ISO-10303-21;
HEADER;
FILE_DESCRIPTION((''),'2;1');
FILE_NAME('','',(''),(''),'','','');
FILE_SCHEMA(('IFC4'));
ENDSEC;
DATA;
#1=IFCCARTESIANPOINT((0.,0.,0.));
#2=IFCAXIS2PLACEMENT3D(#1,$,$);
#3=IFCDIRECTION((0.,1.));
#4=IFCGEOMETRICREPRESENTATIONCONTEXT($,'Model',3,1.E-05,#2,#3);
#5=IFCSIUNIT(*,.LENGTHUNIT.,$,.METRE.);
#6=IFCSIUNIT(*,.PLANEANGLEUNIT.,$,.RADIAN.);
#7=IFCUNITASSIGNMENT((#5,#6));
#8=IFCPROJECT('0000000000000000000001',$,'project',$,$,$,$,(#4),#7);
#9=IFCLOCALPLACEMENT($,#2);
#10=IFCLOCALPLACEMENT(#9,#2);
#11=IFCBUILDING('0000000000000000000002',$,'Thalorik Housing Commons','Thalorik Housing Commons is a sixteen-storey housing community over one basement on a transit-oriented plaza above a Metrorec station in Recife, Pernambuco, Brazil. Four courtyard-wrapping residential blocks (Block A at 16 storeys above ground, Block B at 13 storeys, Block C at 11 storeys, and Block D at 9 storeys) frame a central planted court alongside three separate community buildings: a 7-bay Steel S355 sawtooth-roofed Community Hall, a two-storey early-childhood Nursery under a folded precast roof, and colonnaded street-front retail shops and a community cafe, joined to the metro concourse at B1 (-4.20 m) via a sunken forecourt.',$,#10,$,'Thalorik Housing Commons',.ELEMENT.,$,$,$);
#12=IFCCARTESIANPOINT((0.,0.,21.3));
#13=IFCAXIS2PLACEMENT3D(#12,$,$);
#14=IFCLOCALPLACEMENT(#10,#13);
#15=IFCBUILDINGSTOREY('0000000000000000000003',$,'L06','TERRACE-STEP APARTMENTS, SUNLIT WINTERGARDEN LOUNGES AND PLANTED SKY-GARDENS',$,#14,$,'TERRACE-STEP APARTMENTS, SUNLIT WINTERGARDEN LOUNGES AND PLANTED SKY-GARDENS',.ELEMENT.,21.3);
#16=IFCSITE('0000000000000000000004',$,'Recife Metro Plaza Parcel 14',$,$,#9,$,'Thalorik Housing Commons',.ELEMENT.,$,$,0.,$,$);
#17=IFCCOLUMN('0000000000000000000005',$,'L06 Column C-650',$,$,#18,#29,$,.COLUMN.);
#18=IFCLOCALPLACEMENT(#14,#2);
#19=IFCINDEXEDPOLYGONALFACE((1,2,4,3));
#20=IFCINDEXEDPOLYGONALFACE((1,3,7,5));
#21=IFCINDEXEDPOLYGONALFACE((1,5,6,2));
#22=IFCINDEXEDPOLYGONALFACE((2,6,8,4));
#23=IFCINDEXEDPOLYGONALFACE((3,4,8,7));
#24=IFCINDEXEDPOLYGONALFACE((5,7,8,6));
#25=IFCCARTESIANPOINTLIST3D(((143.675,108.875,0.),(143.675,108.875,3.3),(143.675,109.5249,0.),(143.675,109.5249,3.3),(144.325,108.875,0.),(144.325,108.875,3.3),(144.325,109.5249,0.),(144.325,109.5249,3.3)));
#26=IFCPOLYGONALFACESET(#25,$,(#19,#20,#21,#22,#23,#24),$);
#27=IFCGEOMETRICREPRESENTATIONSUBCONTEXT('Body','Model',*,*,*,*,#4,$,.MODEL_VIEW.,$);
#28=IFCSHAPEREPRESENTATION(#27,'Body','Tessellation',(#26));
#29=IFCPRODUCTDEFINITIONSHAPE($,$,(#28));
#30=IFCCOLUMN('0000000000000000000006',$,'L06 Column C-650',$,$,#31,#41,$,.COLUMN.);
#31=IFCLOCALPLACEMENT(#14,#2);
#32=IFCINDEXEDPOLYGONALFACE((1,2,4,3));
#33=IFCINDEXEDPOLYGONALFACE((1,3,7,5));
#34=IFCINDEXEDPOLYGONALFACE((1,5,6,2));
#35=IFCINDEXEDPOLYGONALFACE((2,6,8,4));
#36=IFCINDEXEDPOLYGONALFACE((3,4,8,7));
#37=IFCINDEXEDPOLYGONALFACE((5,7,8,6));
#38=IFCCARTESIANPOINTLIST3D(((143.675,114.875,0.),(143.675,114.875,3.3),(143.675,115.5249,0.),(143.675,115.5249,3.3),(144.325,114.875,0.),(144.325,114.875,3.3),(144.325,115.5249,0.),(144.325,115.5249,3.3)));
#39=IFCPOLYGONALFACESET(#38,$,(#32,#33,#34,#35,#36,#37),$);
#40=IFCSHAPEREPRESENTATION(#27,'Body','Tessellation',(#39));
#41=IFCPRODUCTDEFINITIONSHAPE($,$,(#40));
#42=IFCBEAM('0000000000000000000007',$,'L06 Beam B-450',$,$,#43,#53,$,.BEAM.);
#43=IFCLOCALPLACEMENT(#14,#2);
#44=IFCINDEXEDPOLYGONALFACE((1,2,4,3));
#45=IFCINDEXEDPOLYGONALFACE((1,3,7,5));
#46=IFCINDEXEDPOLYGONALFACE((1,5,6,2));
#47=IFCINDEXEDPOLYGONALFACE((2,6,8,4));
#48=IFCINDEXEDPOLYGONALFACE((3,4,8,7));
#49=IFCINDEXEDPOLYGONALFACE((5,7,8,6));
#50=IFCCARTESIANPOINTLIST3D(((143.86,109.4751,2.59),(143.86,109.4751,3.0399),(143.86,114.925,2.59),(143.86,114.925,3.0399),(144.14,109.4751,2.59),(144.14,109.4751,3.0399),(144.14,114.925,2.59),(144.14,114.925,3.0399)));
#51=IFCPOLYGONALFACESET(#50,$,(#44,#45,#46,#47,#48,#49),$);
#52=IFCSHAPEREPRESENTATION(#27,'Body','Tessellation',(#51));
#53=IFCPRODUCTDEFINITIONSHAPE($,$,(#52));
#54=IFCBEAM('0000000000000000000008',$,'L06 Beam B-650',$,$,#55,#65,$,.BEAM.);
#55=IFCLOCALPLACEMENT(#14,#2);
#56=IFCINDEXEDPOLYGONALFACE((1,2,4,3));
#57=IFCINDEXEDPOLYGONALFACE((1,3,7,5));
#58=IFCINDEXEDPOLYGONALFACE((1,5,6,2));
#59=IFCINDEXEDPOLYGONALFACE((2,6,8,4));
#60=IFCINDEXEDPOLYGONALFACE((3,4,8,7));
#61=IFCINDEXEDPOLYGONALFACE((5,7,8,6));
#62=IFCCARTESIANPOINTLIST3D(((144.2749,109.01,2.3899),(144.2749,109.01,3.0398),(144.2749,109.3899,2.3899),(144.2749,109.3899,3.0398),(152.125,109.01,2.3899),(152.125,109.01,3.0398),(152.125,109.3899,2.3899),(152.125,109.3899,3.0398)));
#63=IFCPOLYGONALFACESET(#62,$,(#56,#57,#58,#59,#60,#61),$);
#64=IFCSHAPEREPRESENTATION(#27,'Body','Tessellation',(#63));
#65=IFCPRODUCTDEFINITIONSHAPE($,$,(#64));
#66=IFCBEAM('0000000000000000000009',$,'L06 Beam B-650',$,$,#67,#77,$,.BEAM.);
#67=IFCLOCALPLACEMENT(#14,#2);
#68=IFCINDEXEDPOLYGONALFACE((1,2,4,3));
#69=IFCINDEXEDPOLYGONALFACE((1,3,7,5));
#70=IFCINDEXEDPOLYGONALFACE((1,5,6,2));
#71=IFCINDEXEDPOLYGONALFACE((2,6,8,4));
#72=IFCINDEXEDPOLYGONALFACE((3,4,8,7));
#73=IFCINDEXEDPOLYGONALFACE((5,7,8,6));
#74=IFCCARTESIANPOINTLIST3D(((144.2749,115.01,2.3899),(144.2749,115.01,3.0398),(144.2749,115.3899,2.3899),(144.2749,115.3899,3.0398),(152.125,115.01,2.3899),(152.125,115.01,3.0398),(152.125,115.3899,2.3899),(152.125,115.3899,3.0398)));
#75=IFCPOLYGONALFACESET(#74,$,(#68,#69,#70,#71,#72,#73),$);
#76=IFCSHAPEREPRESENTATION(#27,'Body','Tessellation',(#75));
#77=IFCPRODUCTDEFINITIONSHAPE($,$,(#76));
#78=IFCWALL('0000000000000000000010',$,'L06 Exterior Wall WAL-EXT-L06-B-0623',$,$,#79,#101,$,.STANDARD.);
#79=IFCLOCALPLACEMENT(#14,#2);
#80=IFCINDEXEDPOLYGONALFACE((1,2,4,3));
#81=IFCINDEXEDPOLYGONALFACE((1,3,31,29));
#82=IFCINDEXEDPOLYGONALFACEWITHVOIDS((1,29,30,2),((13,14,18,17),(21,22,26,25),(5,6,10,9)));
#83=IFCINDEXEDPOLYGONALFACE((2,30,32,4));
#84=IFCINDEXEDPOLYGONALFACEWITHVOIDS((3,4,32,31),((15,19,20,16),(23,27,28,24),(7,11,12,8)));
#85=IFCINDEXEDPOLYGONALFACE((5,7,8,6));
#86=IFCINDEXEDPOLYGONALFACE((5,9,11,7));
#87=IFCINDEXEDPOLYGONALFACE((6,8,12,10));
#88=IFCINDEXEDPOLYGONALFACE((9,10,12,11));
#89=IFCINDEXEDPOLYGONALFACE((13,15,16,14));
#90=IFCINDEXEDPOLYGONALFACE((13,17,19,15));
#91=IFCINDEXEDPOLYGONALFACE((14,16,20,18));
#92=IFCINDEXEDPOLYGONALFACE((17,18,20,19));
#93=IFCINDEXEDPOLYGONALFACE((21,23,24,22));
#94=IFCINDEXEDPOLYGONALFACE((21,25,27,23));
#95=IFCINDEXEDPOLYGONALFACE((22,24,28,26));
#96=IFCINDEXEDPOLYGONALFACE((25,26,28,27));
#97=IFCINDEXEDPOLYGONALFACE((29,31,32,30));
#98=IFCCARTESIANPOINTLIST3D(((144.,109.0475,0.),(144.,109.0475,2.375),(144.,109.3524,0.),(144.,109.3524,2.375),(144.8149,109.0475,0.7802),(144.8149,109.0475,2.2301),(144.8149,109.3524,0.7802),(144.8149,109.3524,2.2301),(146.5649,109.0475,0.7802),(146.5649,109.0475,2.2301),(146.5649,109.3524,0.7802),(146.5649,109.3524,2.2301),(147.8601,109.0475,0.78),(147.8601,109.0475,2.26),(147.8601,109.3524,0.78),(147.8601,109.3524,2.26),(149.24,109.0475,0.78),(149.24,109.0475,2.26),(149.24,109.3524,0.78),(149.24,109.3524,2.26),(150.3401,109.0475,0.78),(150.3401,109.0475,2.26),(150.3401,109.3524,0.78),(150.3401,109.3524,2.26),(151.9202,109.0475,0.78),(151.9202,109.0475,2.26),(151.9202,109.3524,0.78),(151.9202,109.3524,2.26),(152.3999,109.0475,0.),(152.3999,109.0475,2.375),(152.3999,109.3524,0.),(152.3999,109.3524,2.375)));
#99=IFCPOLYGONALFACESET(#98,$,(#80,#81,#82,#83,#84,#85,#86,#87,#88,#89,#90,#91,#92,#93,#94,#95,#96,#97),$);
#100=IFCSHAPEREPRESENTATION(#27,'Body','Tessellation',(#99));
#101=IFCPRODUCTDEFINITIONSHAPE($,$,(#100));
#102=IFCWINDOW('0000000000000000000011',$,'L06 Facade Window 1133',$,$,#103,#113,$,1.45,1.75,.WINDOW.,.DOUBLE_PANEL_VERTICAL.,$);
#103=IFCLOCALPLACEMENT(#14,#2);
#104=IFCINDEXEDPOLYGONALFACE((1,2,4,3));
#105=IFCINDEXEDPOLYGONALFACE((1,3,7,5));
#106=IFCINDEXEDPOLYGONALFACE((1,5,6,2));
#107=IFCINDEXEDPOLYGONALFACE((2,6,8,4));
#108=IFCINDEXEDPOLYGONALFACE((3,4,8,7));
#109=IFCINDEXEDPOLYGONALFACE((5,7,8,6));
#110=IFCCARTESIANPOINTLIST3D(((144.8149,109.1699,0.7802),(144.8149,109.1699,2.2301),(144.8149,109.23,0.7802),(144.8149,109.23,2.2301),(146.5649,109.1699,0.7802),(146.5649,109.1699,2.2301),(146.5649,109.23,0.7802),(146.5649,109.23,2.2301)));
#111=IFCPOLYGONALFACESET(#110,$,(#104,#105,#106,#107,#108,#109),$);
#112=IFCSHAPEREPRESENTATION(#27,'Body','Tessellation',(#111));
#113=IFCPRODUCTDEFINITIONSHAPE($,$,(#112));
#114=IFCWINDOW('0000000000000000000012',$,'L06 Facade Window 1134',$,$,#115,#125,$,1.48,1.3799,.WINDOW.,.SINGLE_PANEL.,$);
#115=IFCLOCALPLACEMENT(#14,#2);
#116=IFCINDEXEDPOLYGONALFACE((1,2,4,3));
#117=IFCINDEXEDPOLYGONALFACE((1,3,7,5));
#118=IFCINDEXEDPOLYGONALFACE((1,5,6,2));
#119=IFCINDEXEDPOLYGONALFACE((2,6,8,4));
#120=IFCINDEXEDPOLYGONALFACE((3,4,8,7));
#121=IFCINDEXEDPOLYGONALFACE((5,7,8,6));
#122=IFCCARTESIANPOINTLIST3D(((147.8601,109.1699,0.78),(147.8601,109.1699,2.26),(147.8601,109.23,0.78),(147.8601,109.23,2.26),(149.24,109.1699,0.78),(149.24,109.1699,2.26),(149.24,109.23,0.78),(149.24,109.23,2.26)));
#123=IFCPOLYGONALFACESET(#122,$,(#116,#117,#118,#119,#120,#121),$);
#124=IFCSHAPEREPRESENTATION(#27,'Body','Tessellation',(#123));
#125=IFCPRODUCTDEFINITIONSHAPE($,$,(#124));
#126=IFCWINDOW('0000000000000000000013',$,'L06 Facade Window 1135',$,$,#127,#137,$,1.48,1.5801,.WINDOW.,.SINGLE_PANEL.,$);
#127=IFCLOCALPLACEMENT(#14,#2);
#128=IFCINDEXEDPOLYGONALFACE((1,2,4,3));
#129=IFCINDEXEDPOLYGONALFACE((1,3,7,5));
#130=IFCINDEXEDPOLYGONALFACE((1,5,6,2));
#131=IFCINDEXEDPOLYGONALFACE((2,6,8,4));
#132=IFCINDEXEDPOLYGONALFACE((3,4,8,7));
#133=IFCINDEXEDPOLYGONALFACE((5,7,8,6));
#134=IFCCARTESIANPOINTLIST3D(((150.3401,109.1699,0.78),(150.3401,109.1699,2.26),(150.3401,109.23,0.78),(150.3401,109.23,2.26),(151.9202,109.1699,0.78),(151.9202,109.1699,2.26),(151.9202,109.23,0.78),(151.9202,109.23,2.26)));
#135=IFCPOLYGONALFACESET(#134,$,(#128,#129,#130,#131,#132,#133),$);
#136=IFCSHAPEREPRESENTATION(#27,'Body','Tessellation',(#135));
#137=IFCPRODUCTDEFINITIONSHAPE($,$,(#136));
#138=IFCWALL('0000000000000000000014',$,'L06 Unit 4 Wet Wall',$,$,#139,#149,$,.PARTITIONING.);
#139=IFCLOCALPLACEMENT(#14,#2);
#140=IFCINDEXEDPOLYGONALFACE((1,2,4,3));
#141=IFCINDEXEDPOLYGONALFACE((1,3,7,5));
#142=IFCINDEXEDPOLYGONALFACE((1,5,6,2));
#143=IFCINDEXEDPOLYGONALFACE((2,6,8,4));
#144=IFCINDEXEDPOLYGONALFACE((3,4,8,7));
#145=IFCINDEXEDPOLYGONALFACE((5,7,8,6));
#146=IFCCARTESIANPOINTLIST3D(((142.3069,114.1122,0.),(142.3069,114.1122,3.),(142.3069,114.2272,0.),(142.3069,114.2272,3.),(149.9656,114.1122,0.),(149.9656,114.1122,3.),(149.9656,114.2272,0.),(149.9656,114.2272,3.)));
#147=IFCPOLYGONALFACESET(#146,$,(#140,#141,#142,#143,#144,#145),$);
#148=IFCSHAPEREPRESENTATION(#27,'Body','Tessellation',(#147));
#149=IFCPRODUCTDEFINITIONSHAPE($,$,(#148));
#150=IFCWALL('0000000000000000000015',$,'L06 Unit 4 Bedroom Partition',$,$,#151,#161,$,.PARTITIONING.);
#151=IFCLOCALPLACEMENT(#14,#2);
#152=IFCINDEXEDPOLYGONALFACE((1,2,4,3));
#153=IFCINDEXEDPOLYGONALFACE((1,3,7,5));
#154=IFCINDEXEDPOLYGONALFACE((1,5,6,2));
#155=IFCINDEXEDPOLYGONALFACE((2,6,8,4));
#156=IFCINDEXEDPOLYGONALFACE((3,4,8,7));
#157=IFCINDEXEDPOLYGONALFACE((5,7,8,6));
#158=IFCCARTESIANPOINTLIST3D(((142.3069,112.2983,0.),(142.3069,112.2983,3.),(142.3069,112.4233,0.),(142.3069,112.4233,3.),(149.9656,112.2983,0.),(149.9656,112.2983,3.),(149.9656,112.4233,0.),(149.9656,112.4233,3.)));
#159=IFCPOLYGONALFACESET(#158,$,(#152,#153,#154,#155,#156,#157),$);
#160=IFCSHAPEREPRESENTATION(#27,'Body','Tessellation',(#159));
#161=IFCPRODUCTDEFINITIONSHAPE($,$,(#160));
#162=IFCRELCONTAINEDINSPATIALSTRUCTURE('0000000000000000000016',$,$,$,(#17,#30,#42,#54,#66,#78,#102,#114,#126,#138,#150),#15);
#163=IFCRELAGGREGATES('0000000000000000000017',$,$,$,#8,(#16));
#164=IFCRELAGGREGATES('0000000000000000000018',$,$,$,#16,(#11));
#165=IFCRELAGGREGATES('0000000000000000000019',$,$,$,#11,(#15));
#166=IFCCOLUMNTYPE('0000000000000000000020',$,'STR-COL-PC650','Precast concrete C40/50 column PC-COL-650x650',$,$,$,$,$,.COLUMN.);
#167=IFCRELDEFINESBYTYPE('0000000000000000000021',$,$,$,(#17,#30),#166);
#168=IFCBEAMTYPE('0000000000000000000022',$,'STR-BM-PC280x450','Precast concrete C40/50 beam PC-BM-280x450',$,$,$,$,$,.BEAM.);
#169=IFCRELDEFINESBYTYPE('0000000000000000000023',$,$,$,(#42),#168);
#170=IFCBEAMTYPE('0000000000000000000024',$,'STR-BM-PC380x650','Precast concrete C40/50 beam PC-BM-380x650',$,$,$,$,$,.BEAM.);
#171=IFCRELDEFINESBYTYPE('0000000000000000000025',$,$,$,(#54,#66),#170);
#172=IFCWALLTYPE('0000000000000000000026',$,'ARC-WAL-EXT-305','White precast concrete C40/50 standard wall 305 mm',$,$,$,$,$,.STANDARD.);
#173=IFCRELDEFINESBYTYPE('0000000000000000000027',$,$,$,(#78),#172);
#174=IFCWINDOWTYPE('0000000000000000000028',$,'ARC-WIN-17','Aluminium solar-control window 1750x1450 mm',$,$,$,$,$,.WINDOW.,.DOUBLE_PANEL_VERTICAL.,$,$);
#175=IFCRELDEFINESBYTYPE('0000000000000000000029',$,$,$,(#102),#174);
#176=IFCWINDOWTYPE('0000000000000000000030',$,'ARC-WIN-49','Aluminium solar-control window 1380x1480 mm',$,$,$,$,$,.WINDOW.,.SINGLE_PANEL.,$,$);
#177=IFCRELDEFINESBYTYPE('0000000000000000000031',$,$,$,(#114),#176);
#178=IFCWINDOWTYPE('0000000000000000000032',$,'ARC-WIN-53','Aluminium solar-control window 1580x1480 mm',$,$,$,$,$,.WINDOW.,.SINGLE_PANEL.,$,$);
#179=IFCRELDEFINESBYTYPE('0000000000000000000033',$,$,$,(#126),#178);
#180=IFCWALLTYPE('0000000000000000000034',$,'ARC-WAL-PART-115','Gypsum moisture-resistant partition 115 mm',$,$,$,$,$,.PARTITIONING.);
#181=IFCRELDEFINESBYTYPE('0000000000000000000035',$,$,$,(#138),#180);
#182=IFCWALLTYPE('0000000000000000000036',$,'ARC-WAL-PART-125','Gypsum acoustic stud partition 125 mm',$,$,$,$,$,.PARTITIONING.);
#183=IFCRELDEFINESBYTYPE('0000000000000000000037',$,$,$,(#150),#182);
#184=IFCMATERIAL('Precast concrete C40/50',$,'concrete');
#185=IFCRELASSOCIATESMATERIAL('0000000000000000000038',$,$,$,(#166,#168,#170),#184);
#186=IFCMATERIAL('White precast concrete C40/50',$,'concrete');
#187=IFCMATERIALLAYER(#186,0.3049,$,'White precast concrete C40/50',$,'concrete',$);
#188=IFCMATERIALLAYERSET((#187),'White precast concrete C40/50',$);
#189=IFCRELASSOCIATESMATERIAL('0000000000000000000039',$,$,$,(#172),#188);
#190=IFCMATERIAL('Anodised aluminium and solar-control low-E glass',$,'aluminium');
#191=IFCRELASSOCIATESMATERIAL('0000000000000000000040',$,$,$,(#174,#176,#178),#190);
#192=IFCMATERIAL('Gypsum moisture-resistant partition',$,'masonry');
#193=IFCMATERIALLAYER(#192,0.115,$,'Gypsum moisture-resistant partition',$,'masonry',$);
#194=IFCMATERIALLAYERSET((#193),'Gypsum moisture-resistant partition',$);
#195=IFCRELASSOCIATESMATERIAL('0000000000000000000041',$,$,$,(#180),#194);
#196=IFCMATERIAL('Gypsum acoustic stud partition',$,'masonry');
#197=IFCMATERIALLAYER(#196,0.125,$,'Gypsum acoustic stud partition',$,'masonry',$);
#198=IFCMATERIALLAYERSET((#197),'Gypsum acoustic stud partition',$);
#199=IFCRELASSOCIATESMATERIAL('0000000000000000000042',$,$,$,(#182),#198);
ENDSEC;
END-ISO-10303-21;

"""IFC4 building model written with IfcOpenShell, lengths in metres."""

from ifc_helpers import new_model, si_unit, direction, frame, frame_2d, origin, origin_2d, place, context, subcontext, project, spatial, rectangle, extrude, material, layer, layer_set, material_profile, profile_set, type_object, element, fill, save


model = new_model("IFC4")

# Units and contexts
model_context = context("Model", 3, precision=1e-05, world=origin(), true_north=direction((0.0, 1.0)))
body_context = subcontext(model_context, "Body", "Model", "MODEL_VIEW")
ifc_project = project(units=[si_unit("LENGTHUNIT", "METRE"), si_unit("PLANEANGLEUNIT", "RADIAN")], contexts=[model_context])

# Site, building, storey
site_placement = place(None, origin())
site = spatial("IfcSite", under=ifc_project, at=site_placement, Name="Recife Metro Plaza Parcel 14", LongName="Thalorik Housing Commons", CompositionType="ELEMENT", RefElevation=0.0)
building_placement = place(site_placement, origin())
building = spatial("IfcBuilding", under=site, at=building_placement, Name="Thalorik Housing Commons", Description="Thalorik Housing Commons is a sixteen-storey housing community over one basement on a transit-oriented plaza above a Metrorec station in Recife, Pernambuco, Brazil. Four courtyard-wrapping residential blocks (Block A at 16 storeys above ground, Block B at 13 storeys, Block C at 11 storeys, and Block D at 9 storeys) frame a central planted court alongside three separate community buildings: a 7-bay Steel S355 sawtooth-roofed Community Hall, a two-storey early-childhood Nursery under a folded precast roof, and colonnaded street-front retail shops and a community cafe, joined to the metro concourse at B1 (-4.20 m) via a sunken forecourt.", LongName="Thalorik Housing Commons", CompositionType="ELEMENT")
storey_placement = place(building_placement, frame((0.0, 0.0, 21.3)))
storey = spatial("IfcBuildingStorey", under=building, at=storey_placement, Name="L06", Description="TERRACE-STEP APARTMENTS, SUNLIT WINTERGARDEN LOUNGES AND PLANTED SKY-GARDENS", LongName="TERRACE-STEP APARTMENTS, SUNLIT WINTERGARDEN LOUNGES AND PLANTED SKY-GARDENS", CompositionType="ELEMENT", Elevation=21.3)

# Columns
ifc_material_1 = material(Name="Precast concrete C40/50", Category="concrete")
ifc_material_profile_1 = material_profile(ifc_material_1, rectangle(XDim=0.6499, YDim=0.6499, at=origin_2d()), Name="PC 650x650", Category="concrete")
ifc_profile_set_1 = profile_set([ifc_material_profile_1], Name="Precast concrete C40/50")
column_type = type_object("IfcColumnType", Name="STR-COL-PC650", Description="Precast concrete C40/50 column PC-COL-650x650", PredefinedType="COLUMN", material=ifc_profile_set_1)
for number, where, z_axis, x_axis, name in (
    (1, (144.0, 109.2, 0.0), (0.0, 0.0, 1.0), (1.0, 0.0, 0.0), "L06 Column C-650"),
    (2, (144.0, 115.2, 0.0), (0.0, 0.0, 1.0), (1.0, 0.0, 0.0), "L06 Column C-650"),
):
    element("IfcColumn", number, at=place(storey_placement, frame(where, z_axis=z_axis, x_axis=x_axis)), inside=storey, type_object=column_type, Name=name, PredefinedType="COLUMN", context=body_context, shape_type="SweptSolid", body=[
        extrude(rectangle(XDim=0.6499, YDim=0.6499, at=origin_2d()), origin(), (0.0, 0.0, 1.0), 3.3),
    ])

# Beams
ifc_material_profile_2 = material_profile(ifc_material_1, rectangle(XDim=0.28, YDim=0.45, at=origin_2d()), Name="PC 280x450", Category="concrete")
ifc_profile_set_2 = profile_set([ifc_material_profile_2], Name="Precast concrete C40/50")
beam_type_1 = type_object("IfcBeamType", Name="STR-BM-PC280x450", Description="Precast concrete C40/50 beam PC-BM-280x450", PredefinedType="BEAM", material=ifc_profile_set_2)
beam_placement = place(storey_placement, frame((144.0, 109.4751, 2.8149), z_axis=(0.0, 1.0, 0.0), x_axis=(-1.0, 0.0, 0.0)))
element("IfcBeam", 3, at=beam_placement, inside=storey, type_object=beam_type_1, Name="L06 Beam B-450", PredefinedType="BEAM", context=body_context, shape_type="SweptSolid", body=[
    extrude(rectangle(XDim=0.28, YDim=0.45, at=origin_2d()), origin(), (0.0, 0.0, 1.0), 5.45),
])
ifc_material_profile_3 = material_profile(ifc_material_1, rectangle(XDim=0.3799, YDim=0.6499, at=origin_2d()), Name="PC 380x650", Category="concrete")
ifc_profile_set_3 = profile_set([ifc_material_profile_3], Name="Precast concrete C40/50")
beam_type_2 = type_object("IfcBeamType", Name="STR-BM-PC380x650", Description="Precast concrete C40/50 beam PC-BM-380x650", PredefinedType="BEAM", material=ifc_profile_set_3)
for number, where, z_axis, x_axis, name in (
    (4, (144.2749, 109.2, 2.7148), (1.0, 0.0, 0.0), (0.0, 1.0, 0.0), "L06 Beam B-650"),
    (5, (144.2749, 115.2, 2.7148), (1.0, 0.0, 0.0), (0.0, 1.0, 0.0), "L06 Beam B-650"),
):
    element("IfcBeam", number, at=place(storey_placement, frame(where, z_axis=z_axis, x_axis=x_axis)), inside=storey, type_object=beam_type_2, Name=name, PredefinedType="BEAM", context=body_context, shape_type="SweptSolid", body=[
        extrude(rectangle(XDim=0.3799, YDim=0.6499, at=origin_2d()), origin(), (0.0, 0.0, 1.0), 7.8501),
    ])

# Wall, openings, windows
ifc_material_2 = material(Name="White precast concrete C40/50", Category="concrete")
ifc_layer_1 = layer(ifc_material_2, 0.3049, Name="White precast concrete C40/50", Category="concrete")
ifc_layer_set_1 = layer_set([ifc_layer_1], Name="White precast concrete C40/50")
wall_type_1 = type_object("IfcWallType", Name="ARC-WAL-EXT-305", Description="White precast concrete C40/50 standard wall 305 mm", PredefinedType="STANDARD", material=ifc_layer_set_1)
wall_1_placement = place(storey_placement, frame((144.0, 109.2, 0.0), z_axis=(0.0, 0.0, 1.0), x_axis=(1.0, 0.0, 0.0)))
wall_1 = element("IfcWall", 6, at=wall_1_placement, inside=storey, type_object=wall_type_1, Name="L06 Exterior Wall WAL-EXT-L06-B-0623", PredefinedType="STANDARD", context=body_context, shape_type="SweptSolid", body=[
    extrude(rectangle(XDim=8.3999, YDim=0.3049, at=frame_2d((4.2, 0.0))), origin(), (0.0, 0.0, 1.0), 2.375),
])
opening_1_placement = place(wall_1_placement, frame((0.8149, 0.0, 0.78)))
opening_1 = element("IfcOpeningElement", 7, at=opening_1_placement, cuts=wall_1, PredefinedType="OPENING", context=body_context, shape_type="SweptSolid", body=[
    extrude(rectangle(XDim=1.75, YDim=1.45, at=frame_2d((0.875, 0.7251))), frame((0.0, 0.1626, 0.0), z_axis=(0.0, -1.0, 0.0), x_axis=(1.0, 0.0, 0.0)), (0.0, 0.0, 1.0), 0.325),
])
opening_2_placement = place(wall_1_placement, frame((3.8601, 0.0, 0.78)))
opening_2 = element("IfcOpeningElement", 8, at=opening_2_placement, cuts=wall_1, PredefinedType="OPENING", context=body_context, shape_type="SweptSolid", body=[
    extrude(rectangle(XDim=1.3799, YDim=1.48, at=frame_2d((0.6899, 0.74))), frame((0.0, 0.1626, 0.0), z_axis=(0.0, -1.0, 0.0), x_axis=(1.0, 0.0, 0.0)), (0.0, 0.0, 1.0), 0.325),
])
opening_3_placement = place(wall_1_placement, frame((6.3401, 0.0, 0.78)))
opening_3 = element("IfcOpeningElement", 9, at=opening_3_placement, cuts=wall_1, PredefinedType="OPENING", context=body_context, shape_type="SweptSolid", body=[
    extrude(rectangle(XDim=1.5801, YDim=1.48, at=frame_2d((0.79, 0.74))), frame((0.0, 0.1626, 0.0), z_axis=(0.0, -1.0, 0.0), x_axis=(1.0, 0.0, 0.0)), (0.0, 0.0, 1.0), 0.325),
])
ifc_material_3 = material(Name="Anodised aluminium and solar-control low-E glass", Category="aluminium")
window_type_1 = type_object("IfcWindowType", Name="ARC-WIN-17", Description="Aluminium solar-control window 1750x1450 mm", PartitioningType="DOUBLE_PANEL_VERTICAL", PredefinedType="WINDOW", material=ifc_material_3)
window_1_placement = place(opening_1_placement, origin())
window_1 = element("IfcWindow", 10, at=window_1_placement, inside=storey, type_object=window_type_1, Name="L06 Facade Window 1133", OverallHeight=1.45, OverallWidth=1.75, PartitioningType="DOUBLE_PANEL_VERTICAL", PredefinedType="WINDOW", context=body_context, shape_type="SweptSolid", body=[
    extrude(rectangle(XDim=1.75, YDim=1.45, at=frame_2d((0.875, 0.7251))), frame((0.0, 0.03, 0.0), z_axis=(0.0, -1.0, 0.0), x_axis=(1.0, 0.0, 0.0)), (0.0, 0.0, 1.0), 0.0601),
])
fill(opening_1, window_1)
window_type_2 = type_object("IfcWindowType", Name="ARC-WIN-49", Description="Aluminium solar-control window 1380x1480 mm", PartitioningType="SINGLE_PANEL", PredefinedType="WINDOW", material=ifc_material_3)
window_2_placement = place(opening_2_placement, origin())
window_2 = element("IfcWindow", 11, at=window_2_placement, inside=storey, type_object=window_type_2, Name="L06 Facade Window 1134", OverallHeight=1.48, OverallWidth=1.3799, PartitioningType="SINGLE_PANEL", PredefinedType="WINDOW", context=body_context, shape_type="SweptSolid", body=[
    extrude(rectangle(XDim=1.3799, YDim=1.48, at=frame_2d((0.6899, 0.74))), frame((0.0, 0.03, 0.0), z_axis=(0.0, -1.0, 0.0), x_axis=(1.0, 0.0, 0.0)), (0.0, 0.0, 1.0), 0.0601),
])
fill(opening_2, window_2)
window_type_3 = type_object("IfcWindowType", Name="ARC-WIN-53", Description="Aluminium solar-control window 1580x1480 mm", PartitioningType="SINGLE_PANEL", PredefinedType="WINDOW", material=ifc_material_3)
window_3_placement = place(opening_3_placement, origin())
window_3 = element("IfcWindow", 12, at=window_3_placement, inside=storey, type_object=window_type_3, Name="L06 Facade Window 1135", OverallHeight=1.48, OverallWidth=1.5801, PartitioningType="SINGLE_PANEL", PredefinedType="WINDOW", context=body_context, shape_type="SweptSolid", body=[
    extrude(rectangle(XDim=1.5801, YDim=1.48, at=frame_2d((0.79, 0.74))), frame((0.0, 0.03, 0.0), z_axis=(0.0, -1.0, 0.0), x_axis=(1.0, 0.0, 0.0)), (0.0, 0.0, 1.0), 0.0601),
])
fill(opening_3, window_3)

# Walls
ifc_material_4 = material(Name="Gypsum moisture-resistant partition", Category="masonry")
ifc_layer_2 = layer(ifc_material_4, 0.115, Name="Gypsum moisture-resistant partition", Category="masonry")
ifc_layer_set_2 = layer_set([ifc_layer_2], Name="Gypsum moisture-resistant partition")
wall_type_2 = type_object("IfcWallType", Name="ARC-WAL-PART-115", Description="Gypsum moisture-resistant partition 115 mm", PredefinedType="PARTITIONING", material=ifc_layer_set_2)
wall_2_placement = place(storey_placement, frame((142.3069, 114.1697, 0.0), z_axis=(0.0, 0.0, 1.0), x_axis=(1.0, 0.0, 0.0)))
element("IfcWall", 13, at=wall_2_placement, inside=storey, type_object=wall_type_2, Name="L06 Unit 4 Wet Wall", PredefinedType="PARTITIONING", context=body_context, shape_type="SweptSolid", body=[
    extrude(rectangle(XDim=7.6587, YDim=0.115, at=frame_2d((3.8293, 0.0))), origin(), (0.0, 0.0, 1.0), 3.0),
])
ifc_material_5 = material(Name="Gypsum acoustic stud partition", Category="masonry")
ifc_layer_3 = layer(ifc_material_5, 0.125, Name="Gypsum acoustic stud partition", Category="masonry")
ifc_layer_set_3 = layer_set([ifc_layer_3], Name="Gypsum acoustic stud partition")
wall_type_3 = type_object("IfcWallType", Name="ARC-WAL-PART-125", Description="Gypsum acoustic stud partition 125 mm", PredefinedType="PARTITIONING", material=ifc_layer_set_3)
wall_3_placement = place(storey_placement, frame((142.3069, 112.3608, 0.0), z_axis=(0.0, 0.0, 1.0), x_axis=(1.0, 0.0, 0.0)))
element("IfcWall", 14, at=wall_3_placement, inside=storey, type_object=wall_type_3, Name="L06 Unit 4 Bedroom Partition", PredefinedType="PARTITIONING", context=body_context, shape_type="SweptSolid", body=[
    extrude(rectangle(XDim=7.6587, YDim=0.125, at=frame_2d((3.8293, 0.0))), origin(), (0.0, 0.0, 1.0), 3.0),
])

save(model, "model.ifc")
